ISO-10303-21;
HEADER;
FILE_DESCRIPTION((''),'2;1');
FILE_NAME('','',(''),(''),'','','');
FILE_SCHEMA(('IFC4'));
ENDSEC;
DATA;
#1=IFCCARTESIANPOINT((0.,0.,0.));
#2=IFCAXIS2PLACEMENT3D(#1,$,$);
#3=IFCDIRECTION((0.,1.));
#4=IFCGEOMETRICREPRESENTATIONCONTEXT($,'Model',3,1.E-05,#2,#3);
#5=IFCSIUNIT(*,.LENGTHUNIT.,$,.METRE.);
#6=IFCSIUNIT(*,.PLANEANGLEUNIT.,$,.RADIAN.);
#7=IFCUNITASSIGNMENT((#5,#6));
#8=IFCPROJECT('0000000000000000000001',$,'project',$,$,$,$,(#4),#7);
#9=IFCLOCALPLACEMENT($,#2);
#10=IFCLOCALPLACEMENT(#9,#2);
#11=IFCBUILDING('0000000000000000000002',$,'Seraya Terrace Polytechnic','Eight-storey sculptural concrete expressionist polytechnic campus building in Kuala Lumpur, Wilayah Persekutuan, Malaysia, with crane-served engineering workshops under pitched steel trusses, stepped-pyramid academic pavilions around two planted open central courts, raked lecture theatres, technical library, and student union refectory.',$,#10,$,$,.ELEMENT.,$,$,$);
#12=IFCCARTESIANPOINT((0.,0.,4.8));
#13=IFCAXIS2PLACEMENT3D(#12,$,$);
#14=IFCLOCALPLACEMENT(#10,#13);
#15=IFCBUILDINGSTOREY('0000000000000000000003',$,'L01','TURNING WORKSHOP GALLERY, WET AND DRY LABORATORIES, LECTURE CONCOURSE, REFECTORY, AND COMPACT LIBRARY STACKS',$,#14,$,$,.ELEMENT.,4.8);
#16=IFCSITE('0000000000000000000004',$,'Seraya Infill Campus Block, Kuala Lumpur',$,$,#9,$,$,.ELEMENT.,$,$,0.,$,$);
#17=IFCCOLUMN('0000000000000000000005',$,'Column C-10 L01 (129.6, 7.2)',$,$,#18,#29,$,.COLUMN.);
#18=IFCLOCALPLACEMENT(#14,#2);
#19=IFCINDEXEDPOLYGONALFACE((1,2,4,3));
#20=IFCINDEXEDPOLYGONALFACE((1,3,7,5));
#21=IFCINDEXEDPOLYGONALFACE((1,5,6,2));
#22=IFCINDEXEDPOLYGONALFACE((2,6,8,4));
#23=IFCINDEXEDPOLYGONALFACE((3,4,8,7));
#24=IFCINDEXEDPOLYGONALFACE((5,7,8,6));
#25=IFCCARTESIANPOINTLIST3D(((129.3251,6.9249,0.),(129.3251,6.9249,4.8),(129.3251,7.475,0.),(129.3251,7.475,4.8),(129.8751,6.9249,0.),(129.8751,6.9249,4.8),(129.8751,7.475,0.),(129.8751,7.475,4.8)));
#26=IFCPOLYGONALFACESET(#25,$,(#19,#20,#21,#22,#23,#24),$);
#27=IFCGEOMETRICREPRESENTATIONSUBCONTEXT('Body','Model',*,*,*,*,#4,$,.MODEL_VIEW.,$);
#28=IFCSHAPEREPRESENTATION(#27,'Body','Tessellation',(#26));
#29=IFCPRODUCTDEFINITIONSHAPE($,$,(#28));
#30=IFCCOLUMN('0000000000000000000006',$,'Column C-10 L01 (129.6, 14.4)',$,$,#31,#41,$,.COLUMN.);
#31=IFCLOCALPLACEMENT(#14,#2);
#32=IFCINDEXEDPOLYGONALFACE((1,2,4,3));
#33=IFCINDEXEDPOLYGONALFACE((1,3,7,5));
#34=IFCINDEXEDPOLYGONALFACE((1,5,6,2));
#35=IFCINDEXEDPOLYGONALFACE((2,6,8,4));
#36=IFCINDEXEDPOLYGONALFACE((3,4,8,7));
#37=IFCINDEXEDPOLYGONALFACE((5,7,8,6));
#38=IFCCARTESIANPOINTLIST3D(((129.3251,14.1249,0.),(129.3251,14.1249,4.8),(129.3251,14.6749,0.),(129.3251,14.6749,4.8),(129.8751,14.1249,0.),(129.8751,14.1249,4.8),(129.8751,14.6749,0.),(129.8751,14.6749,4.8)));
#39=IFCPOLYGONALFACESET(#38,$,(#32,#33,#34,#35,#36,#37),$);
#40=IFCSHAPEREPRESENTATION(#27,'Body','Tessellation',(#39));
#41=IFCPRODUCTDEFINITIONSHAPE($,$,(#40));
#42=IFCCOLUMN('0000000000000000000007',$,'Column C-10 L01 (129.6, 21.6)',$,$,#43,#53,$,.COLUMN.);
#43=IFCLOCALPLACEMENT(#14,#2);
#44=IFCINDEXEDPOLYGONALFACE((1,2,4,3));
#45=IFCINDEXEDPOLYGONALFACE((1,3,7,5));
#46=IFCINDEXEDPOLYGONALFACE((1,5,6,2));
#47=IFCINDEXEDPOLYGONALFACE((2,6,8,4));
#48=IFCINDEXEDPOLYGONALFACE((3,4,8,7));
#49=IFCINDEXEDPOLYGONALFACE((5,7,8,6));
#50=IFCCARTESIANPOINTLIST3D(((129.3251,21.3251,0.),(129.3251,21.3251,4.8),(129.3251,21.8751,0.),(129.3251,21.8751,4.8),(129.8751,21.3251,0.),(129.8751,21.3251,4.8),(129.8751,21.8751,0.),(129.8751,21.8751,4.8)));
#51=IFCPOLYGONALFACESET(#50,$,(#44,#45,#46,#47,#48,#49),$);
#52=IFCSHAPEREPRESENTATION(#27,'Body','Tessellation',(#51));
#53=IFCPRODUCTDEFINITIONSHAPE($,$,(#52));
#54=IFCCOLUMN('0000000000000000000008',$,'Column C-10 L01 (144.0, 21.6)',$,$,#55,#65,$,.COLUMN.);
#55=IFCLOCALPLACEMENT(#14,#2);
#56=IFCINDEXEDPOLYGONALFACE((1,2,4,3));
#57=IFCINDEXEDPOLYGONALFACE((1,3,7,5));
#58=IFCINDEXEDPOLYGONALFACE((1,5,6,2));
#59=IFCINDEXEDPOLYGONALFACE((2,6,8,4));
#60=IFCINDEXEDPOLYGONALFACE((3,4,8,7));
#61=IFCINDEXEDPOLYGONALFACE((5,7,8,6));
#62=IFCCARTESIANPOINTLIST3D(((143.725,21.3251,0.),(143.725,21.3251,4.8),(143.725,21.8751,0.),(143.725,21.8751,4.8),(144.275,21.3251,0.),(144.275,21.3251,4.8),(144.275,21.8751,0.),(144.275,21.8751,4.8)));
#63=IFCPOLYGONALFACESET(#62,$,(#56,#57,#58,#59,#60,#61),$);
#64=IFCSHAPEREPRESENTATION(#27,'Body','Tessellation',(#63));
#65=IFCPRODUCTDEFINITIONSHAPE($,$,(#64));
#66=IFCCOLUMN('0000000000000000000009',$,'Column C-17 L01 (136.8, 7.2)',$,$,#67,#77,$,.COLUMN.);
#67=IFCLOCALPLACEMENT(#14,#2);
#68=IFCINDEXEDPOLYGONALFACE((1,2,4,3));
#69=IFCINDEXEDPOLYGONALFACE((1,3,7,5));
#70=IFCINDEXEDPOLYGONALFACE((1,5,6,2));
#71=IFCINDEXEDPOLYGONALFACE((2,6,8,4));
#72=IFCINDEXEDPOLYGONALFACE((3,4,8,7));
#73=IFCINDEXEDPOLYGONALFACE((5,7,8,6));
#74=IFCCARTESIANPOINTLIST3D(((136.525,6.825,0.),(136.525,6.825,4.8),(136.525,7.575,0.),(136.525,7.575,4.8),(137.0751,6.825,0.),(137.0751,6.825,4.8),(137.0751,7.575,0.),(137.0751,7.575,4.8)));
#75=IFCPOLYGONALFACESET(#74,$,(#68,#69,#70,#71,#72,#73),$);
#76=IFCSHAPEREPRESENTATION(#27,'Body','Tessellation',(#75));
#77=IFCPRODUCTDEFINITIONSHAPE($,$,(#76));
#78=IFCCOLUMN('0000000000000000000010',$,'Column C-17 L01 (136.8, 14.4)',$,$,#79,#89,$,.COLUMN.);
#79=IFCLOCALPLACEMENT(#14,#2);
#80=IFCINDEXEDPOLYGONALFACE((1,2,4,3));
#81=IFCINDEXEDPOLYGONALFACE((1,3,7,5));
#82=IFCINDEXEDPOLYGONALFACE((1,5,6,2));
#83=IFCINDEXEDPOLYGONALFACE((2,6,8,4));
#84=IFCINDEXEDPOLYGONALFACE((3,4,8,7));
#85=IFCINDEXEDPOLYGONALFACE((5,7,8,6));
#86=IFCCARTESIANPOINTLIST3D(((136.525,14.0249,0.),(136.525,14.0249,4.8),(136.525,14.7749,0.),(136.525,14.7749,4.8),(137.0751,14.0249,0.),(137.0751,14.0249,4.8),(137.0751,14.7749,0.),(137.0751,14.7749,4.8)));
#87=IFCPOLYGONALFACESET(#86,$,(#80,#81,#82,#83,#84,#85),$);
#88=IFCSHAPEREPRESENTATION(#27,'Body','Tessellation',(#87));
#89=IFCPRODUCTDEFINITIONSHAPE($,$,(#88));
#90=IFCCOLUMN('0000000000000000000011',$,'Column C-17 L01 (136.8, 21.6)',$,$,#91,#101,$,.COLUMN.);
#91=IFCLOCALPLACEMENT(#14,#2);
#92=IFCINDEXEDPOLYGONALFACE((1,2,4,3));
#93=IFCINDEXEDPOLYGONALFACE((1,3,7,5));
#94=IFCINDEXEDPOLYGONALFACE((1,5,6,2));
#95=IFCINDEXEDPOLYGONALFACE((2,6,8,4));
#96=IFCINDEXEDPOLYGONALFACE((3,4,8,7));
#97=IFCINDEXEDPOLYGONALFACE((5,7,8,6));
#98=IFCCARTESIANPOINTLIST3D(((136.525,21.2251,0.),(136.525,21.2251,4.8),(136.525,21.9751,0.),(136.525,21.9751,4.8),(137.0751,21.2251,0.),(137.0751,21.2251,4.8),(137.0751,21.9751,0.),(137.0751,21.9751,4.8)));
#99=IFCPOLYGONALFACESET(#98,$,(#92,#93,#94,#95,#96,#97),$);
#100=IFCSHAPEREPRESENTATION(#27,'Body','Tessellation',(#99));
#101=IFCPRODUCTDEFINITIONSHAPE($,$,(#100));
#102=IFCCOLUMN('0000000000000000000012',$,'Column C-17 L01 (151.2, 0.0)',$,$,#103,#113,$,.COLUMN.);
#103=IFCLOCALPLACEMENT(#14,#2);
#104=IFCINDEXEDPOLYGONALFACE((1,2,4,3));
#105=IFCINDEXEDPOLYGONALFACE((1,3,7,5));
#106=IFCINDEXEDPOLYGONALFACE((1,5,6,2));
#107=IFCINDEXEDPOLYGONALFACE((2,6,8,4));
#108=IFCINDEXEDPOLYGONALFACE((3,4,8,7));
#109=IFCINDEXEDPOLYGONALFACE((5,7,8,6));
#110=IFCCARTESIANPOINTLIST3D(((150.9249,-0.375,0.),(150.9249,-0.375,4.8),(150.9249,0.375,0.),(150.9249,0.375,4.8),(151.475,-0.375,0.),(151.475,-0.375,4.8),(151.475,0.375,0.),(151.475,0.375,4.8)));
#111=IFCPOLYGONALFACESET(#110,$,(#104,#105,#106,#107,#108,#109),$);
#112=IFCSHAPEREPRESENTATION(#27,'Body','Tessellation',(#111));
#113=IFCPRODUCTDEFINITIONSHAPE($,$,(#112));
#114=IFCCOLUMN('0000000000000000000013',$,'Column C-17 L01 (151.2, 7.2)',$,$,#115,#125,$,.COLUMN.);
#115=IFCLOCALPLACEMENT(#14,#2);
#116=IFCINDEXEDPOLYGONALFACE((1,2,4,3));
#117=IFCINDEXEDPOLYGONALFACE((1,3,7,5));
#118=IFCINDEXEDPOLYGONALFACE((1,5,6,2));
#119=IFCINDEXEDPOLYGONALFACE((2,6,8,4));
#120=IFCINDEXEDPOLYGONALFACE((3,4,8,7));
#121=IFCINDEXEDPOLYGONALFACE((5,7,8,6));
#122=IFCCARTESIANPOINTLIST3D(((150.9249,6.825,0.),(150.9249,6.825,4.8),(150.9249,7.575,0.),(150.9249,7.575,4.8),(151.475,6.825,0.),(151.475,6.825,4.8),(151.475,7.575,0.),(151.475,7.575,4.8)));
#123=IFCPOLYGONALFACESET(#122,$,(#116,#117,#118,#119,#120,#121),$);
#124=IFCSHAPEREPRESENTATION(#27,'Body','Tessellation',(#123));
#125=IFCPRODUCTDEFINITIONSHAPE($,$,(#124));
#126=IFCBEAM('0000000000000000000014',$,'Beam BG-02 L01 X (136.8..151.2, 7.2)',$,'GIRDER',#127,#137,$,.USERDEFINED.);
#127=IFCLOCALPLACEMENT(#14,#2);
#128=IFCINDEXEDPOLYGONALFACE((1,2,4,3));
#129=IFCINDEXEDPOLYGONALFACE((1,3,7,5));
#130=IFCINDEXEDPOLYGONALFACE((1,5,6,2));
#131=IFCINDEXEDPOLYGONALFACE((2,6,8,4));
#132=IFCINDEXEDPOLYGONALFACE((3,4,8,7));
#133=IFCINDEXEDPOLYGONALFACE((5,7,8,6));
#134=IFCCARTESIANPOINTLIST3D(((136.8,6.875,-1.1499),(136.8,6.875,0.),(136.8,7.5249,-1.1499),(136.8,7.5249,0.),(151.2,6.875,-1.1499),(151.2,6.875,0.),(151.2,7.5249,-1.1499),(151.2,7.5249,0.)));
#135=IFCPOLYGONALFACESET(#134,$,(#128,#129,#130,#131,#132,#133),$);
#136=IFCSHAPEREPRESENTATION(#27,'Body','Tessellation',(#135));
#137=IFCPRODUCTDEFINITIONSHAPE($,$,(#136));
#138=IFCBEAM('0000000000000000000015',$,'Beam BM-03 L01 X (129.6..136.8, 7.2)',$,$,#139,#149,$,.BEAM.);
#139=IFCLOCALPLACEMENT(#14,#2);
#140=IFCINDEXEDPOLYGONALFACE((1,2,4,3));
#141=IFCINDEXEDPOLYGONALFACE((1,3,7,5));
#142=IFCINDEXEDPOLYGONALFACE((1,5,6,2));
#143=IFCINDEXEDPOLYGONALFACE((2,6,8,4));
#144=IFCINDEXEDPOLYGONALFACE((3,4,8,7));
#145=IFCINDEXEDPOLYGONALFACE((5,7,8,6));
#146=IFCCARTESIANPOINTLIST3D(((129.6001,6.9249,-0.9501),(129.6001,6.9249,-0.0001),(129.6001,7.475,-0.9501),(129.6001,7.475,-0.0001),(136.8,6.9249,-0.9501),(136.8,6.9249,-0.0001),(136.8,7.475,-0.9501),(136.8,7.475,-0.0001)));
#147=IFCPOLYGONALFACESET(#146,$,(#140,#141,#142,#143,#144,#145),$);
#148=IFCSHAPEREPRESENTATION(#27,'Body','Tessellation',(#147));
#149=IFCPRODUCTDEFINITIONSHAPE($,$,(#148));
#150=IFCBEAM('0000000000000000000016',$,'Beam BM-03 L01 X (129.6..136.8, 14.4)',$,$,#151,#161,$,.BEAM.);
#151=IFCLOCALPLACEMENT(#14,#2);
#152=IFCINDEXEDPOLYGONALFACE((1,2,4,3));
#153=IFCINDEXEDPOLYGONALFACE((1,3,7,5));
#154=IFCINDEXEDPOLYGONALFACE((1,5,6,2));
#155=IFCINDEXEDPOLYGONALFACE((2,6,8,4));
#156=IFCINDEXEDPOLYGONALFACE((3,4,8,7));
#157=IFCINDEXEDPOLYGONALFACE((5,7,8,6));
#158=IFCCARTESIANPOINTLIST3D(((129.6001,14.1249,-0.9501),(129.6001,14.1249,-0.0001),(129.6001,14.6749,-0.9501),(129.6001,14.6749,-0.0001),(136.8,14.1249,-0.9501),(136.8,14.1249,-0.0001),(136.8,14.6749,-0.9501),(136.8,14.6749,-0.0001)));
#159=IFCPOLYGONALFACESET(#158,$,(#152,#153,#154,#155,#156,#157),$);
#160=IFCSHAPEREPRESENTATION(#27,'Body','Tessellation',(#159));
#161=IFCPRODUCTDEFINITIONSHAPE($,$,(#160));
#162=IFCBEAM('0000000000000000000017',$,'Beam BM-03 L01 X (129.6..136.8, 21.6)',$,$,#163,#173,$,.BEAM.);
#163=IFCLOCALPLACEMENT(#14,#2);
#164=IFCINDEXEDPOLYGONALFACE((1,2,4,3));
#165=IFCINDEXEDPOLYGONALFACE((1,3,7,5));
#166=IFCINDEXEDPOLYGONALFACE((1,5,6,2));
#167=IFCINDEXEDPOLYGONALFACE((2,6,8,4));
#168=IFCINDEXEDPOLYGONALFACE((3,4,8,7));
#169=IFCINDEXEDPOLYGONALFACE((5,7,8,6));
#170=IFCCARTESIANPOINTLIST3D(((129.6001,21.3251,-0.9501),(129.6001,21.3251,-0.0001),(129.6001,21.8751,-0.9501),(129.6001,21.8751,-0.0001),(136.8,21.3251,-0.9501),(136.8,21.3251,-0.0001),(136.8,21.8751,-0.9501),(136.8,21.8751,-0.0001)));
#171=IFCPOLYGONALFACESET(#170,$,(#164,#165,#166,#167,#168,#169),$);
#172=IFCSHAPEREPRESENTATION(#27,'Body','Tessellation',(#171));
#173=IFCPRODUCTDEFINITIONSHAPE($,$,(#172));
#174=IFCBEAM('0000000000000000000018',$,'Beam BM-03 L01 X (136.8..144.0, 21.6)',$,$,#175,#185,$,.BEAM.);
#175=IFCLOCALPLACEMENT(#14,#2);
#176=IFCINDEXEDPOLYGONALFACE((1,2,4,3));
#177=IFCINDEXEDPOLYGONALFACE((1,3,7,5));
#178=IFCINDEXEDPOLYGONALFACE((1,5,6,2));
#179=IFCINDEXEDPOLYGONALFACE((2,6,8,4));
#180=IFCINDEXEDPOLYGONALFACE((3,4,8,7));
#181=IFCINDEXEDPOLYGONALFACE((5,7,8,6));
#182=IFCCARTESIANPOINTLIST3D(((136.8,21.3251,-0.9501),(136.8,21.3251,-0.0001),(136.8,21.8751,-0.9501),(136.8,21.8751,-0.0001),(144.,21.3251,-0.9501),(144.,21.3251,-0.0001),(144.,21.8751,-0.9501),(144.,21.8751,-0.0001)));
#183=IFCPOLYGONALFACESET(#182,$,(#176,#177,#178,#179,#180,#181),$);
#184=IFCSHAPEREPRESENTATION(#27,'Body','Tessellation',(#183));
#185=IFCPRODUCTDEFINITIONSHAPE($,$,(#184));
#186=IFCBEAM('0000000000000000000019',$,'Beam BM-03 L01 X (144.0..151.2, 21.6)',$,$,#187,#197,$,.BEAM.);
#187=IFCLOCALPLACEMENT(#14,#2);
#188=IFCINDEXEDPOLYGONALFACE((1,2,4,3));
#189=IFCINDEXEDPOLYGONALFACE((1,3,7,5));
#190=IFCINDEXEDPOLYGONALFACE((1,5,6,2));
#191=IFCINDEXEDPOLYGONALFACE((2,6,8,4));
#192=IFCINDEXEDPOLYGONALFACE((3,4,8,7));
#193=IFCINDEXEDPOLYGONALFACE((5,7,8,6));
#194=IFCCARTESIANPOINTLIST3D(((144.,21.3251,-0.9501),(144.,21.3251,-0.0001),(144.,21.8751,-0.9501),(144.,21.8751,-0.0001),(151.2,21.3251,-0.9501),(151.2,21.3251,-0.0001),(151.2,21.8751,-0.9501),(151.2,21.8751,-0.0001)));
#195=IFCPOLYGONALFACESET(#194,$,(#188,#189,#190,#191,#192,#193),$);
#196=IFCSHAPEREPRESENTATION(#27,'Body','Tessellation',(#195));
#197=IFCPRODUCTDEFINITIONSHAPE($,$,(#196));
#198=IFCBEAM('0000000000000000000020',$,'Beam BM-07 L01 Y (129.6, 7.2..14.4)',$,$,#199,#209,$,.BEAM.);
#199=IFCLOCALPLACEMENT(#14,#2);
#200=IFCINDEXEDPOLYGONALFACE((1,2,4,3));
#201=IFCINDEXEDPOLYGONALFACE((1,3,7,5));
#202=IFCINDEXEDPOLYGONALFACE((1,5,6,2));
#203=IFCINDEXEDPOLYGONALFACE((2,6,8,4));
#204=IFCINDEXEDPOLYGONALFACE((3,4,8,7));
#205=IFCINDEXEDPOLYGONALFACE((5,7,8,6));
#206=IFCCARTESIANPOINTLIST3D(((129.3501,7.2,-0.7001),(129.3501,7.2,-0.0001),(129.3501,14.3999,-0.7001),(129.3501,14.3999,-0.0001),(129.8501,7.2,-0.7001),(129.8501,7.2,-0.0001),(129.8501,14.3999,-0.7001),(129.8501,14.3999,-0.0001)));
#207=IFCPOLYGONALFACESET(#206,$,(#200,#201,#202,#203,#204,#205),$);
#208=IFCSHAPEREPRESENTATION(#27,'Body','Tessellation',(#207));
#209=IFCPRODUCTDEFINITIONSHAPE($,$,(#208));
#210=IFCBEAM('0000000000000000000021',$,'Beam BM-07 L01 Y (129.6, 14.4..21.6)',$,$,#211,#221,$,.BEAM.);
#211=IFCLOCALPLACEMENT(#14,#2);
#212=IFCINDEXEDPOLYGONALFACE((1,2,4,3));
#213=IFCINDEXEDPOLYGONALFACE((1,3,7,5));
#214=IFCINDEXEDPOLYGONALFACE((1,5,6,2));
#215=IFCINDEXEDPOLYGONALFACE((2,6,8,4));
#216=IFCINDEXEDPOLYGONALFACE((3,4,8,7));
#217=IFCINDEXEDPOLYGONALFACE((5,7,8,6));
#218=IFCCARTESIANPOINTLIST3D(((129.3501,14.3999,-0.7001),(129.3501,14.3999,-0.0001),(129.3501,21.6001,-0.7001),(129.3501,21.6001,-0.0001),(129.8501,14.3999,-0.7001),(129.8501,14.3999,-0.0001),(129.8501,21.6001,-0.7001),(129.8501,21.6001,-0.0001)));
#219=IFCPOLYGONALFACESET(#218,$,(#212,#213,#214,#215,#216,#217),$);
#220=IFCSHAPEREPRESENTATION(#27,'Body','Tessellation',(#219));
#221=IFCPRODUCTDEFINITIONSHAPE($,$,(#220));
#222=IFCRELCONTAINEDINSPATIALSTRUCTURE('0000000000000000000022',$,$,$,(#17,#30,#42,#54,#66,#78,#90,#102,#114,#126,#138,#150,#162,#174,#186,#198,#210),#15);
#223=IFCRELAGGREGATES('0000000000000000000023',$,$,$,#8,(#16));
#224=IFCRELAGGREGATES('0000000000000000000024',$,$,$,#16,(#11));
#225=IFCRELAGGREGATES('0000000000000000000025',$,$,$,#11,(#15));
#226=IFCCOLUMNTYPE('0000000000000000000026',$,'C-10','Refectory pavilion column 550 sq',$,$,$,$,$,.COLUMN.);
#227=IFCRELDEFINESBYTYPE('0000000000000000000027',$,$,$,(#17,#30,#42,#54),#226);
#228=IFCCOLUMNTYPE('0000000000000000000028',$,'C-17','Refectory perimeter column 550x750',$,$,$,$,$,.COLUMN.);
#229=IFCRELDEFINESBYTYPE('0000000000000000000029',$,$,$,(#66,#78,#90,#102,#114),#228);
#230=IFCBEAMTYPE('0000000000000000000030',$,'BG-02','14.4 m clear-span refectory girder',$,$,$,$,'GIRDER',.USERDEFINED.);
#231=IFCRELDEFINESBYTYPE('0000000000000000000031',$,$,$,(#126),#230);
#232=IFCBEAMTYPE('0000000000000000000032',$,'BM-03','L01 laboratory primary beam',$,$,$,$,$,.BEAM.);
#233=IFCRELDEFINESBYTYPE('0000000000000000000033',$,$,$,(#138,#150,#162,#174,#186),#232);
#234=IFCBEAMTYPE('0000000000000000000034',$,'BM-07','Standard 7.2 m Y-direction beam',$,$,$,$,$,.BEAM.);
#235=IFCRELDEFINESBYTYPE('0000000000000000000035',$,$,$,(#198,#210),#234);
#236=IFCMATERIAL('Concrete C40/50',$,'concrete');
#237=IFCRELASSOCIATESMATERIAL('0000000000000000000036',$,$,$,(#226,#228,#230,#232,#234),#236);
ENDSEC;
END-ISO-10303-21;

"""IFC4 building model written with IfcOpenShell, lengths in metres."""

from ifc_helpers import new_model, si_unit, direction, frame, origin, origin_2d, place, context, subcontext, project, spatial, rectangle, extrude, material, material_profile, profile_set, type_object, element, save


model = new_model("IFC4")

# Units and contexts
model_context = context("Model", 3, precision=1e-05, world=origin(), true_north=direction((0.0, 1.0)))
body_context = subcontext(model_context, "Body", "Model", "MODEL_VIEW")
ifc_project = project(units=[si_unit("LENGTHUNIT", "METRE"), si_unit("PLANEANGLEUNIT", "RADIAN")], contexts=[model_context])

# Site, building, storey
site_placement = place(None, origin())
site = spatial("IfcSite", under=ifc_project, at=site_placement, Name="Seraya Infill Campus Block, Kuala Lumpur", CompositionType="ELEMENT", RefElevation=0.0)
building_placement = place(site_placement, origin())
building = spatial("IfcBuilding", under=site, at=building_placement, Name="Seraya Terrace Polytechnic", Description="Eight-storey sculptural concrete expressionist polytechnic campus building in Kuala Lumpur, Wilayah Persekutuan, Malaysia, with crane-served engineering workshops under pitched steel trusses, stepped-pyramid academic pavilions around two planted open central courts, raked lecture theatres, technical library, and student union refectory.", CompositionType="ELEMENT")
storey_placement = place(building_placement, frame((0.0, 0.0, 4.8)))
storey = spatial("IfcBuildingStorey", under=building, at=storey_placement, Name="L01", Description="TURNING WORKSHOP GALLERY, WET AND DRY LABORATORIES, LECTURE CONCOURSE, REFECTORY, AND COMPACT LIBRARY STACKS", CompositionType="ELEMENT", Elevation=4.8)

# Columns
ifc_material_1 = material(Name="Concrete C40/50", Category="concrete")
ifc_material_profile_1 = material_profile(ifc_material_1, rectangle(XDim=0.55, YDim=0.55, at=origin_2d()), Name="RC 550x550")
ifc_profile_set_1 = profile_set([ifc_material_profile_1], Name="Concrete C40/50")
column_type_1 = type_object("IfcColumnType", Name="C-10", Description="Refectory pavilion column 550 sq", PredefinedType="COLUMN", material=ifc_profile_set_1)
for number, where, z_axis, x_axis, name in (
    (1, (129.6001, 7.2, 0.0), (0.0, 0.0, 1.0), (1.0, 0.0, 0.0), "Column C-10 L01 (129.6, 7.2)"),
    (2, (129.6001, 14.3999, 0.0), (0.0, 0.0, 1.0), (1.0, 0.0, 0.0), "Column C-10 L01 (129.6, 14.4)"),
    (3, (129.6001, 21.6001, 0.0), (0.0, 0.0, 1.0), (1.0, 0.0, 0.0), "Column C-10 L01 (129.6, 21.6)"),
    (4, (144.0, 21.6001, 0.0), (0.0, 0.0, 1.0), (1.0, 0.0, 0.0), "Column C-10 L01 (144.0, 21.6)"),
):
    element("IfcColumn", number, at=place(storey_placement, frame(where, z_axis=z_axis, x_axis=x_axis)), inside=storey, type_object=column_type_1, Name=name, PredefinedType="COLUMN", context=body_context, shape_type="SweptSolid", body=[
        extrude(rectangle(XDim=0.55, YDim=0.55, at=origin_2d()), origin(), (0.0, 0.0, 1.0), 4.8),
    ])
ifc_material_profile_2 = material_profile(ifc_material_1, rectangle(XDim=0.55, YDim=0.75, at=origin_2d()), Name="RC 550x750")
ifc_profile_set_2 = profile_set([ifc_material_profile_2], Name="Concrete C40/50")
column_type_2 = type_object("IfcColumnType", Name="C-17", Description="Refectory perimeter column 550x750", PredefinedType="COLUMN", material=ifc_profile_set_2)
for number, where, z_axis, x_axis, name in (
    (5, (136.8, 7.2, 0.0), (0.0, 0.0, 1.0), (1.0, 0.0, 0.0), "Column C-17 L01 (136.8, 7.2)"),
    (6, (136.8, 14.3999, 0.0), (0.0, 0.0, 1.0), (1.0, 0.0, 0.0), "Column C-17 L01 (136.8, 14.4)"),
    (7, (136.8, 21.6001, 0.0), (0.0, 0.0, 1.0), (1.0, 0.0, 0.0), "Column C-17 L01 (136.8, 21.6)"),
    (8, (151.2, 0.0, 0.0), (0.0, 0.0, 1.0), (1.0, 0.0, 0.0), "Column C-17 L01 (151.2, 0.0)"),
    (9, (151.2, 7.2, 0.0), (0.0, 0.0, 1.0), (1.0, 0.0, 0.0), "Column C-17 L01 (151.2, 7.2)"),
):
    element("IfcColumn", number, at=place(storey_placement, frame(where, z_axis=z_axis, x_axis=x_axis)), inside=storey, type_object=column_type_2, Name=name, PredefinedType="COLUMN", context=body_context, shape_type="SweptSolid", body=[
        extrude(rectangle(XDim=0.55, YDim=0.75, at=origin_2d()), origin(), (0.0, 0.0, 1.0), 4.8),
    ])

# Beams
ifc_material_profile_3 = material_profile(ifc_material_1, rectangle(XDim=0.6499, YDim=1.1499, at=origin_2d()), Name="RC 650x1150")
ifc_profile_set_3 = profile_set([ifc_material_profile_3], Name="Concrete C40/50")
beam_type_1 = type_object("IfcBeamType", Name="BG-02", Description="14.4 m clear-span refectory girder", ElementType="GIRDER", PredefinedType="USERDEFINED", material=ifc_profile_set_3)
beam_1_placement = place(storey_placement, frame((136.8, 7.2, -0.575), z_axis=(1.0, 0.0, 0.0), x_axis=(0.0, 1.0, 0.0)))
element("IfcBeam", 10, at=beam_1_placement, inside=storey, type_object=beam_type_1, Name="Beam BG-02 L01 X (136.8..151.2, 7.2)", ObjectType="GIRDER", PredefinedType="USERDEFINED", context=body_context, shape_type="SweptSolid", body=[
    extrude(rectangle(XDim=0.6499, YDim=1.1499, at=origin_2d()), origin(), (0.0, 0.0, 1.0), 14.3999),
])
ifc_material_profile_4 = material_profile(ifc_material_1, rectangle(XDim=0.55, YDim=0.95, at=origin_2d()), Name="RC 550x950")
ifc_profile_set_4 = profile_set([ifc_material_profile_4], Name="Concrete C40/50")
beam_type_2 = type_object("IfcBeamType", Name="BM-03", Description="L01 laboratory primary beam", PredefinedType="BEAM", material=ifc_profile_set_4)
for number, where, z_axis, x_axis, name in (
    (11, (129.6001, 7.2, -0.4751), (1.0, 0.0, 0.0), (0.0, 1.0, 0.0), "Beam BM-03 L01 X (129.6..136.8, 7.2)"),
    (12, (129.6001, 14.3999, -0.4751), (1.0, 0.0, 0.0), (0.0, 1.0, 0.0), "Beam BM-03 L01 X (129.6..136.8, 14.4)"),
    (13, (129.6001, 21.6001, -0.4751), (1.0, 0.0, 0.0), (0.0, 1.0, 0.0), "Beam BM-03 L01 X (129.6..136.8, 21.6)"),
    (14, (136.8, 21.6001, -0.4751), (1.0, 0.0, 0.0), (0.0, 1.0, 0.0), "Beam BM-03 L01 X (136.8..144.0, 21.6)"),
    (15, (144.0, 21.6001, -0.4751), (1.0, 0.0, 0.0), (0.0, 1.0, 0.0), "Beam BM-03 L01 X (144.0..151.2, 21.6)"),
):
    element("IfcBeam", number, at=place(storey_placement, frame(where, z_axis=z_axis, x_axis=x_axis)), inside=storey, type_object=beam_type_2, Name=name, PredefinedType="BEAM", context=body_context, shape_type="SweptSolid", body=[
        extrude(rectangle(XDim=0.55, YDim=0.95, at=origin_2d()), origin(), (0.0, 0.0, 1.0), 7.2),
    ])
ifc_material_profile_5 = material_profile(ifc_material_1, rectangle(XDim=0.5, YDim=0.7, at=origin_2d()), Name="RC 500x700")
ifc_profile_set_5 = profile_set([ifc_material_profile_5], Name="Concrete C40/50")
beam_type_3 = type_object("IfcBeamType", Name="BM-07", Description="Standard 7.2 m Y-direction beam", PredefinedType="BEAM", material=ifc_profile_set_5)
beam_2_placement = place(storey_placement, frame((129.6001, 7.2, -0.3501), z_axis=(0.0, 1.0, 0.0), x_axis=(-1.0, 0.0, 0.0)))
element("IfcBeam", 16, at=beam_2_placement, inside=storey, type_object=beam_type_3, Name="Beam BM-07 L01 Y (129.6, 7.2..14.4)", PredefinedType="BEAM", context=body_context, shape_type="SweptSolid", body=[
    extrude(rectangle(XDim=0.5, YDim=0.7, at=origin_2d()), origin(), (0.0, 0.0, 1.0), 7.2),
])
beam_3_placement = place(storey_placement, frame((129.6001, 14.3999, -0.3501), z_axis=(0.0, 1.0, 0.0), x_axis=(-1.0, 0.0, 0.0)))
element("IfcBeam", 17, at=beam_3_placement, inside=storey, type_object=beam_type_3, Name="Beam BM-07 L01 Y (129.6, 14.4..21.6)", PredefinedType="BEAM", context=body_context, shape_type="SweptSolid", body=[
    extrude(rectangle(XDim=0.5, YDim=0.7, at=origin_2d()), origin(), (0.0, 0.0, 1.0), 7.2002),
])

save(model, "model.ifc")
